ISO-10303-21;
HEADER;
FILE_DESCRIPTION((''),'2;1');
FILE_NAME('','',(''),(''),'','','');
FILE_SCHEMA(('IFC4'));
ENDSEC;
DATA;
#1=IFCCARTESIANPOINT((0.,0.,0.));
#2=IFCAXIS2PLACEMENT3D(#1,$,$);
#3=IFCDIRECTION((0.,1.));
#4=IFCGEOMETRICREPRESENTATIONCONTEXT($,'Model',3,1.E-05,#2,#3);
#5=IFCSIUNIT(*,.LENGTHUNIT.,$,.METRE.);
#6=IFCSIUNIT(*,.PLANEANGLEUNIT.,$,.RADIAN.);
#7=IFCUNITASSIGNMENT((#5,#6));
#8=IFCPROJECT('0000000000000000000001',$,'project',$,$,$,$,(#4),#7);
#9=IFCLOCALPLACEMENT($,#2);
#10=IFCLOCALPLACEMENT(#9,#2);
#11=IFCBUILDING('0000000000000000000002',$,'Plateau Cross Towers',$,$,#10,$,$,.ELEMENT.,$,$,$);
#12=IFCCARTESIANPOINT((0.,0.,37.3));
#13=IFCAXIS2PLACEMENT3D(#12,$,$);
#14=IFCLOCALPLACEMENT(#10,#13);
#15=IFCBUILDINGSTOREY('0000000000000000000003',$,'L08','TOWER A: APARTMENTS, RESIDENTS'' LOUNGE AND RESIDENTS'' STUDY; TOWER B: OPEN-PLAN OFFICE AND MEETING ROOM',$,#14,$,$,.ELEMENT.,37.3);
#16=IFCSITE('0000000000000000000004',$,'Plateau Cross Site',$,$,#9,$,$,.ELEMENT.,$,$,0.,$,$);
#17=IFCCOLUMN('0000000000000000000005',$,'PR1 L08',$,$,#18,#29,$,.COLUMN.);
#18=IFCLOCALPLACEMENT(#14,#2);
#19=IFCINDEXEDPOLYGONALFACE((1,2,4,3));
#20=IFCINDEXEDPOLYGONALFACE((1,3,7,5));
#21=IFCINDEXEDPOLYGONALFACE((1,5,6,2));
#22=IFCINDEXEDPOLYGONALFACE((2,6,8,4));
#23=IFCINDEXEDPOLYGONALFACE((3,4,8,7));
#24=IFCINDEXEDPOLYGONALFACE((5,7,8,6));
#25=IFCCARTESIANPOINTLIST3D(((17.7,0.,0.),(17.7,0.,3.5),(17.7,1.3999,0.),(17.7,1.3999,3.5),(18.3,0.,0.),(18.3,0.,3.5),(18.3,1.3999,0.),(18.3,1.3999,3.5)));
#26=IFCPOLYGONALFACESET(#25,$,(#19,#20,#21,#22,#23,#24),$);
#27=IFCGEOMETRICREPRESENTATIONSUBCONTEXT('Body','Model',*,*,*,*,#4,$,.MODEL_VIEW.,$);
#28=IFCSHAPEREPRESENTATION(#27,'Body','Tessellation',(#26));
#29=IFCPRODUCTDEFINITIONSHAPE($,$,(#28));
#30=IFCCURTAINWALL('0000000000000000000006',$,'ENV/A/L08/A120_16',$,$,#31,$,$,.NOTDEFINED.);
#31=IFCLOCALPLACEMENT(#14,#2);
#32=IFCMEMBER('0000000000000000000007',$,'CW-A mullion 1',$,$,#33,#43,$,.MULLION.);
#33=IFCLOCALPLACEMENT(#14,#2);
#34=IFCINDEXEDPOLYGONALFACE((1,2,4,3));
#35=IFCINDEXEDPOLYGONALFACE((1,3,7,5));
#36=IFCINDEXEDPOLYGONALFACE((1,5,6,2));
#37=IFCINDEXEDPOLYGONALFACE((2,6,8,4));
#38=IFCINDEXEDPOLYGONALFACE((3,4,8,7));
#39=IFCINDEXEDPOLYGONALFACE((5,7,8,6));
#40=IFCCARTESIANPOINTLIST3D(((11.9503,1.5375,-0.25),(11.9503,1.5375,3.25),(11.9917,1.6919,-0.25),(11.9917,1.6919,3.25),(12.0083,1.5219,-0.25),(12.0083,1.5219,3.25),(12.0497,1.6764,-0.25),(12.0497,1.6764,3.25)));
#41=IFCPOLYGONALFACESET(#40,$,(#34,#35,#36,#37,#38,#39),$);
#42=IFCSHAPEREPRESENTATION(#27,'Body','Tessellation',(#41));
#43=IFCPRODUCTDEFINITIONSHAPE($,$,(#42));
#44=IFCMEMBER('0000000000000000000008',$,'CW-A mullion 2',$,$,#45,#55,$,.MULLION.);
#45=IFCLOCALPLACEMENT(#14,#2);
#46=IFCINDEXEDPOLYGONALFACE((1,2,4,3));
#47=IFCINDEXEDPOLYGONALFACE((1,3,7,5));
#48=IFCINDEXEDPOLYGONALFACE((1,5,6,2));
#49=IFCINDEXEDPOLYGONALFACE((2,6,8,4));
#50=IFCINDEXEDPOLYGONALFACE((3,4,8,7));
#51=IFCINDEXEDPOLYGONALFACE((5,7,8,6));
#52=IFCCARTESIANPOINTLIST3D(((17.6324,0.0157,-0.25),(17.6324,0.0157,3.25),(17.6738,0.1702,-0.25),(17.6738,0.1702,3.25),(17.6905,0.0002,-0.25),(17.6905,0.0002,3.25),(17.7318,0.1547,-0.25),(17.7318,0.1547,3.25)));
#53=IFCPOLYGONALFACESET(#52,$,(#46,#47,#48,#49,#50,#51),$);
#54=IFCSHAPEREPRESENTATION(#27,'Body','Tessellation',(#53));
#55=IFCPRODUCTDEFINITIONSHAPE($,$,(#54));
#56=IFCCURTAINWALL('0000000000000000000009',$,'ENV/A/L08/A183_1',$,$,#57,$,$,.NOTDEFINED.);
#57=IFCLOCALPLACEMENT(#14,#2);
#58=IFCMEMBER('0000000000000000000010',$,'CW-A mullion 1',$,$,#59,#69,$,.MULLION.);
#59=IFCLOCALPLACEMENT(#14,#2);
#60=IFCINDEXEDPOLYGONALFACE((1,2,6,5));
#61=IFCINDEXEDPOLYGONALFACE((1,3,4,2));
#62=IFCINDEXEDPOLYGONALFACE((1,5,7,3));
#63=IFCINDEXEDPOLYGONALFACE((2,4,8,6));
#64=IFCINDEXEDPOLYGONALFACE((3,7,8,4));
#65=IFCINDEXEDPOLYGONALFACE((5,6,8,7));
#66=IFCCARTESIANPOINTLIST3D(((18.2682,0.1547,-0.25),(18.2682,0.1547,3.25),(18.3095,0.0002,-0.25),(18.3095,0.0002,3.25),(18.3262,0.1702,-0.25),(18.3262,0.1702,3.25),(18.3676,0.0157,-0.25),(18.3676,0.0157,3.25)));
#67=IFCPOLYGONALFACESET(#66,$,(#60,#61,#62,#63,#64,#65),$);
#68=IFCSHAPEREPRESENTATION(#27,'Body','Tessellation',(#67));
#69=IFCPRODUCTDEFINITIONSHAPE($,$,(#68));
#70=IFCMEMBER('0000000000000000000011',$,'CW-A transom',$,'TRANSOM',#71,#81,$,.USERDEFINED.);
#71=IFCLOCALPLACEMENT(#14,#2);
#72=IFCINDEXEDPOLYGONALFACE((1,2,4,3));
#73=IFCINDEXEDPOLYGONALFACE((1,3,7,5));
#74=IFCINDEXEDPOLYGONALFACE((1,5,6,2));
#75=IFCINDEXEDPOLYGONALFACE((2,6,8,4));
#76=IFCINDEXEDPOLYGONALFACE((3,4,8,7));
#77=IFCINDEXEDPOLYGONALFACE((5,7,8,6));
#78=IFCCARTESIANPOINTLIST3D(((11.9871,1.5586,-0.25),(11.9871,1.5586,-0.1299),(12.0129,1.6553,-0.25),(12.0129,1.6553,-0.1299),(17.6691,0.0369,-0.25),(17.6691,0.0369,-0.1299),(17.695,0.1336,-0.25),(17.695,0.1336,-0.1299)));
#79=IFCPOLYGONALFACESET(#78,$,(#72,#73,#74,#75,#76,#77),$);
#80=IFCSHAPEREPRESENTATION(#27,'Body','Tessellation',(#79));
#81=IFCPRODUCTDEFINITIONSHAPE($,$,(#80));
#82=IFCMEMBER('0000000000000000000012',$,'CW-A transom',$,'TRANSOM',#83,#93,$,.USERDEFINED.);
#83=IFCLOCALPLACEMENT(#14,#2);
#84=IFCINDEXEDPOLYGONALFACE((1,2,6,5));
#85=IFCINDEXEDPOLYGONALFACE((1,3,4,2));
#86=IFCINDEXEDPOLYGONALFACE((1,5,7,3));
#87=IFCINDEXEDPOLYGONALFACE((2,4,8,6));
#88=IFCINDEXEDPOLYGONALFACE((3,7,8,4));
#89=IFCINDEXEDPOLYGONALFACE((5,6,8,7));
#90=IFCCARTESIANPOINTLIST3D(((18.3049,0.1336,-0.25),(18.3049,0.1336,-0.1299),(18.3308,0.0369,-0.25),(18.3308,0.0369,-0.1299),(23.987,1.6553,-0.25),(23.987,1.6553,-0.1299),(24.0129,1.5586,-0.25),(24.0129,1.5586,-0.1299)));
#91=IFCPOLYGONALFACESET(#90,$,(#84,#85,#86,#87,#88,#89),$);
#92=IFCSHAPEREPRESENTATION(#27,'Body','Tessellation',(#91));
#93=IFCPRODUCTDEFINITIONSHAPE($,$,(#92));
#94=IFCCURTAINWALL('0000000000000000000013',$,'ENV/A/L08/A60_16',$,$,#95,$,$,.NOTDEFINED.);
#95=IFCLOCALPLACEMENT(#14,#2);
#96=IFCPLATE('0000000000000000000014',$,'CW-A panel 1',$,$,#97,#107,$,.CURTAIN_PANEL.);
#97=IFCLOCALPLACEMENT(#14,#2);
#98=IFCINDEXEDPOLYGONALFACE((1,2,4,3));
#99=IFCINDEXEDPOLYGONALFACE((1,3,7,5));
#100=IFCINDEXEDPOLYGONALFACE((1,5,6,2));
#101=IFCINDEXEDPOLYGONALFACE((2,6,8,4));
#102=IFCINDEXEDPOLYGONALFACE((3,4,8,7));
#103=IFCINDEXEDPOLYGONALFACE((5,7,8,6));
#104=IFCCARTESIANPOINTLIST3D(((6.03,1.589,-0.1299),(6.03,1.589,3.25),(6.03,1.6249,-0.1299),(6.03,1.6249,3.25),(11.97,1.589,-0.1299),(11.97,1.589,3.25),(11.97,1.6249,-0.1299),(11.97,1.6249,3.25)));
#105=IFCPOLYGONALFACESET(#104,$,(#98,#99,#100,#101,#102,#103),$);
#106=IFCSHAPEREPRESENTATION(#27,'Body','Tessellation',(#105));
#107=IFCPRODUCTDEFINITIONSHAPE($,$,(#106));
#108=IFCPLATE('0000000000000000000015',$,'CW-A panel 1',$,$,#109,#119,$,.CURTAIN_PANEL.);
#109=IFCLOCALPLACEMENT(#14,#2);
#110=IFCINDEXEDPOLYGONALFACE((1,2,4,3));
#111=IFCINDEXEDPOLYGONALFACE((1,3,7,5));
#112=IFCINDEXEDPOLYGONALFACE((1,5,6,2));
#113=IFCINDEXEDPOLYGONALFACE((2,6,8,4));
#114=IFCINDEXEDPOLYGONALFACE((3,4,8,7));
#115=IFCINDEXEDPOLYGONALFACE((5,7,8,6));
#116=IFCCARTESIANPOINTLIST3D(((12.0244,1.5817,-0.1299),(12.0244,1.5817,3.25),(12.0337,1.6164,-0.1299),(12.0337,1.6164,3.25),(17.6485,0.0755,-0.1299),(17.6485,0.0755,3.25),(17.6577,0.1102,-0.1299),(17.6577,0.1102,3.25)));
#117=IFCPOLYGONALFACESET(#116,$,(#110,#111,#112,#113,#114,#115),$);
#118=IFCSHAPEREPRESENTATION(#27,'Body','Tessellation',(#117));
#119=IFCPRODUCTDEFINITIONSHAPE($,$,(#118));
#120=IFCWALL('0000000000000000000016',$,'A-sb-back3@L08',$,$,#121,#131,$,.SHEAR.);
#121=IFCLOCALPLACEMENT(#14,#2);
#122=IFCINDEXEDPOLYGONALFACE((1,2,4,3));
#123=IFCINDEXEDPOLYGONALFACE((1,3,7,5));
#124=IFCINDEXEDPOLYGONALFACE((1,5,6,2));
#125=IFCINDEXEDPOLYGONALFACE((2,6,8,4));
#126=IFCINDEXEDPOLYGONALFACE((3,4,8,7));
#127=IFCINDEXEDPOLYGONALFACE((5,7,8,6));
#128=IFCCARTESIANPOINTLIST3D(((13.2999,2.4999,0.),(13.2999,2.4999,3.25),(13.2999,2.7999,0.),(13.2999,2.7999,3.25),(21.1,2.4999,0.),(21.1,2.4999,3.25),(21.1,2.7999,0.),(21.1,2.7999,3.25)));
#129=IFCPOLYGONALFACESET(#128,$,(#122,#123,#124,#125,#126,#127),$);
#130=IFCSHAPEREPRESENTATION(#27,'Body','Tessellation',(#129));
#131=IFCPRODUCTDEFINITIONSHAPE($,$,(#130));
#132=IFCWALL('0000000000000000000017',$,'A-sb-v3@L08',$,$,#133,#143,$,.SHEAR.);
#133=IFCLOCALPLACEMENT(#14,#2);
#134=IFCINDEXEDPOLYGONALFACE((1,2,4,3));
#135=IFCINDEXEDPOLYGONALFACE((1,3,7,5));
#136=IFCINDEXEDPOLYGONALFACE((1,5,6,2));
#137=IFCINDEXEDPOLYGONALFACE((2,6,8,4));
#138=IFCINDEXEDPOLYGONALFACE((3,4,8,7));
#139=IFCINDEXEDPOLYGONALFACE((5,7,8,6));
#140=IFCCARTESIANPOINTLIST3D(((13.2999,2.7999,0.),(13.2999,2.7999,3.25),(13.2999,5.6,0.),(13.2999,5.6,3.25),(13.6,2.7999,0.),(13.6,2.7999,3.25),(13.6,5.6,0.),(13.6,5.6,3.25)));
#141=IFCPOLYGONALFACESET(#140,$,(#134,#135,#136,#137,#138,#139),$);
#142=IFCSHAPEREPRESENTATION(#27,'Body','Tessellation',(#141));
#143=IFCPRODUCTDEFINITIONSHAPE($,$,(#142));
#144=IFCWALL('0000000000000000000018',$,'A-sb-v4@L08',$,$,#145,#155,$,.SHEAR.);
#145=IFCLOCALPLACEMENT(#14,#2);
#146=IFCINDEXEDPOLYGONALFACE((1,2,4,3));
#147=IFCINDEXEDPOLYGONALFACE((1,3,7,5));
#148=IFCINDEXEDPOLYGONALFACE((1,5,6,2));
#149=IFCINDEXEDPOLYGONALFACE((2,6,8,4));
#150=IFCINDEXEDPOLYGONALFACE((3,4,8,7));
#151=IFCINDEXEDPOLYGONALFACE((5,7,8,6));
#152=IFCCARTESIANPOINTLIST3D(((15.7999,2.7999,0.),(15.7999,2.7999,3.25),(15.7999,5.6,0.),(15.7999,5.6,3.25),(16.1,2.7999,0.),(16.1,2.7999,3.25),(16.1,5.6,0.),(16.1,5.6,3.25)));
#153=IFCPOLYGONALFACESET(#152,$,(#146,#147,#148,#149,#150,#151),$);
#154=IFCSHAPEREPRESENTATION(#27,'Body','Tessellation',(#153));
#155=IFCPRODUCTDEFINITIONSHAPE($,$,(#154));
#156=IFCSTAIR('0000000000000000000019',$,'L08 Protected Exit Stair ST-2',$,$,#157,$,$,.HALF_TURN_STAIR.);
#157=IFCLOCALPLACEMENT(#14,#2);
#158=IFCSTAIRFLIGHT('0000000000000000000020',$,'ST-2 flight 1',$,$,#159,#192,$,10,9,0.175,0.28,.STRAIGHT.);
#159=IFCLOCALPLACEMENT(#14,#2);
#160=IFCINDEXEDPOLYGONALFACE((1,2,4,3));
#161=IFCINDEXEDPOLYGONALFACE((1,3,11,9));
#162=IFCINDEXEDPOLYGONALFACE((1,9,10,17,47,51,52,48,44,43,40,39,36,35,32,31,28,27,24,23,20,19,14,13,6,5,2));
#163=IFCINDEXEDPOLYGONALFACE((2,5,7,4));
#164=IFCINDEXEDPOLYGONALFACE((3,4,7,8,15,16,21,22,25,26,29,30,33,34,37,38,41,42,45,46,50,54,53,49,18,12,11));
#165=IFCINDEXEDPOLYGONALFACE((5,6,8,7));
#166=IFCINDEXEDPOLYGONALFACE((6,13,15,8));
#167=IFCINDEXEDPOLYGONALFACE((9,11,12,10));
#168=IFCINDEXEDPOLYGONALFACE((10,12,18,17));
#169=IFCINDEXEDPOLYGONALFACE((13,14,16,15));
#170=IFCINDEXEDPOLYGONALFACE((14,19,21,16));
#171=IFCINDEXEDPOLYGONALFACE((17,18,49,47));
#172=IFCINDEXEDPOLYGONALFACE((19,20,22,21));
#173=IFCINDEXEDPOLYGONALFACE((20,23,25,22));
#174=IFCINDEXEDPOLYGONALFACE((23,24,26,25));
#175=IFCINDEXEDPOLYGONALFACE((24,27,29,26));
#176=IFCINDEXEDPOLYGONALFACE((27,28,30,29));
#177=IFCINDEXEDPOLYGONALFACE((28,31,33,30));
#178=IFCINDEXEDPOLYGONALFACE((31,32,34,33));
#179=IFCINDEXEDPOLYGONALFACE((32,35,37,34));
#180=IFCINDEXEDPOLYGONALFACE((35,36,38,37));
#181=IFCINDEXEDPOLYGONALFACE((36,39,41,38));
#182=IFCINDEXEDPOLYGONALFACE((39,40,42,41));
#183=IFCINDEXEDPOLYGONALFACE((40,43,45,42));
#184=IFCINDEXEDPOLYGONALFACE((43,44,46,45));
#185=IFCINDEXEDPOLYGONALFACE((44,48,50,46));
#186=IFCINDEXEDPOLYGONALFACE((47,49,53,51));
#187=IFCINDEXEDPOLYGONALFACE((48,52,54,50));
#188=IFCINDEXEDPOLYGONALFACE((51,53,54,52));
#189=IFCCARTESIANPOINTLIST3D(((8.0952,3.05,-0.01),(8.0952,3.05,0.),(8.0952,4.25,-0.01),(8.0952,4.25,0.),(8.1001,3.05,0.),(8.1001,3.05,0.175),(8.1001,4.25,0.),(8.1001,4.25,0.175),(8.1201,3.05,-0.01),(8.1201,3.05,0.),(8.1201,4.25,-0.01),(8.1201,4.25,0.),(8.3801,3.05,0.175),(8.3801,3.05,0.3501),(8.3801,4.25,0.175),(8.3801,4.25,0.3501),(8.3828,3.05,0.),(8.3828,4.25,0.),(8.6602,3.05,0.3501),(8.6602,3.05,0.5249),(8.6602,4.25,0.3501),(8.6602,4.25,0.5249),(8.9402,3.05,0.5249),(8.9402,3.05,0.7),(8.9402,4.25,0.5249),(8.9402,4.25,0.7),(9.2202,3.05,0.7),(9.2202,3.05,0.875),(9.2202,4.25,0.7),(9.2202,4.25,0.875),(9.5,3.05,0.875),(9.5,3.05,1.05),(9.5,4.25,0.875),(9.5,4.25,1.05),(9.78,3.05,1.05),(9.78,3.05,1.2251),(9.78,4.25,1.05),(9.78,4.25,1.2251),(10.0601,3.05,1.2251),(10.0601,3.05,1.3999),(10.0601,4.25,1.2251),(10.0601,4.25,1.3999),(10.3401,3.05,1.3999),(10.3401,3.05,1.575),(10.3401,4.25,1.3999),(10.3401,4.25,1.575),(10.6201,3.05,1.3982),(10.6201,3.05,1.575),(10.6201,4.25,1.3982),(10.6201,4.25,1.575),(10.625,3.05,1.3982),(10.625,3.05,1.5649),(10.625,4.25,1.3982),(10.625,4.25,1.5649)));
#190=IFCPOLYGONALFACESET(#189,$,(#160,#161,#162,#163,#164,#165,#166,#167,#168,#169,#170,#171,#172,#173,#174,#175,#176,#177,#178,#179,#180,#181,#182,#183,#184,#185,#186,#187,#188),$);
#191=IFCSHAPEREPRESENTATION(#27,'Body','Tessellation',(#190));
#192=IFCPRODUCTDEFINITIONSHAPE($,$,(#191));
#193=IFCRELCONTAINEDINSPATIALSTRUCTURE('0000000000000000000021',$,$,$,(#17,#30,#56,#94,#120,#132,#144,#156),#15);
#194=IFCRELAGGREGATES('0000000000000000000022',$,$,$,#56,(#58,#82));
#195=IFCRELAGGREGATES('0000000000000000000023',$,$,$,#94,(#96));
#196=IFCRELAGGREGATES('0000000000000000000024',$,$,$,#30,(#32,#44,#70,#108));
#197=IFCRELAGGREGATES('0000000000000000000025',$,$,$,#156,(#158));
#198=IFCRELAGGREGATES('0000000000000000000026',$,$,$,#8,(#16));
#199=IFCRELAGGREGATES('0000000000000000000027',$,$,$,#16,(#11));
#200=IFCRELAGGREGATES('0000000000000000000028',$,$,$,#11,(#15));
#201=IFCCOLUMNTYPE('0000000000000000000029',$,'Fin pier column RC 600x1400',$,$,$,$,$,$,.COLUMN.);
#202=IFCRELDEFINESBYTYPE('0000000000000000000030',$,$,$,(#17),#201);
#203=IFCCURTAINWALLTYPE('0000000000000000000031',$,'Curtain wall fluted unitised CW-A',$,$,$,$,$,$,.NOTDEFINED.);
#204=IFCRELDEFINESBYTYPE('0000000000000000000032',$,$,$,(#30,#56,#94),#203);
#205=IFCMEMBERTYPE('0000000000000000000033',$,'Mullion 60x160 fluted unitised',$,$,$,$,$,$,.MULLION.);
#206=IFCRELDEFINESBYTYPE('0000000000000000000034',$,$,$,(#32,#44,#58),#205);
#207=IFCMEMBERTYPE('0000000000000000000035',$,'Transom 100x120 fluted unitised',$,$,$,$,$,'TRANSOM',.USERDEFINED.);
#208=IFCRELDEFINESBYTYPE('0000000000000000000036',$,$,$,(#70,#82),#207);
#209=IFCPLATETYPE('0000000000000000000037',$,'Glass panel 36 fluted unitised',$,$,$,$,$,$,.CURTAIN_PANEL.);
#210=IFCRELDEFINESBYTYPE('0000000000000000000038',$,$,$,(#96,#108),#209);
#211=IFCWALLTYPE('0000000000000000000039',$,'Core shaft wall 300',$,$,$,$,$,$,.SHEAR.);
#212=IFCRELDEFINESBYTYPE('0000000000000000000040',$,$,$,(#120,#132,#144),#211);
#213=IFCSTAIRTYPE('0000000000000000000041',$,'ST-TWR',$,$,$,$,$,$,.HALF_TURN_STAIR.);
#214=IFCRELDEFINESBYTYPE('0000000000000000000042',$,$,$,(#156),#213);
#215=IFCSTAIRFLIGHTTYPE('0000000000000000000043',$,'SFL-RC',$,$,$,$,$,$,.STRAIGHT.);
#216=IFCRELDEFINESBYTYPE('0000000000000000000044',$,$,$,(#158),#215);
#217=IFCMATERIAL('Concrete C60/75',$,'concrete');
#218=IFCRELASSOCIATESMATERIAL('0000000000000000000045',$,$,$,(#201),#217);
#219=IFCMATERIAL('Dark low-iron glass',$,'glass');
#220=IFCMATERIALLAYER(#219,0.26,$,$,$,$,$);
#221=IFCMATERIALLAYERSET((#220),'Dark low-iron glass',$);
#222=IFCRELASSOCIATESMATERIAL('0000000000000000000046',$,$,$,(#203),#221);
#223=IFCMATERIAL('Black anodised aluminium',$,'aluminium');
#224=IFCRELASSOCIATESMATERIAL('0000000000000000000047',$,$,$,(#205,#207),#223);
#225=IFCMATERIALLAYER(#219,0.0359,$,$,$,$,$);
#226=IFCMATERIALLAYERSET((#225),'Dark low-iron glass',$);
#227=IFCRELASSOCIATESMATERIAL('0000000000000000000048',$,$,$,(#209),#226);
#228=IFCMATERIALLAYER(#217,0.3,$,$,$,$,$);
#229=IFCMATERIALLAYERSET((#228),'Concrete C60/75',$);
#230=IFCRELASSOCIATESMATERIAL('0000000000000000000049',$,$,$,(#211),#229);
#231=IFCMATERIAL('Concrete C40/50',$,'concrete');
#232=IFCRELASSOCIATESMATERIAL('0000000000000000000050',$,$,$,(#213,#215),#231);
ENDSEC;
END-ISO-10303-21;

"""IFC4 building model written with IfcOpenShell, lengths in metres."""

from ifc_helpers import new_model, si_unit, direction, frame, frame_2d, origin, origin_2d, place, context, subcontext, project, spatial, polyline, rectangle, outline, extrude, material, layer, layer_set, material_profile, profile_set, type_object, element, aggregate, save


model = new_model("IFC4")

# Units and contexts
model_context = context("Model", 3, precision=1e-05, world=origin(), true_north=direction((0.0, 1.0)))
body_context = subcontext(model_context, "Body", "Model", "MODEL_VIEW")
ifc_project = project(units=[si_unit("LENGTHUNIT", "METRE"), si_unit("PLANEANGLEUNIT", "RADIAN")], contexts=[model_context])

# Site, building, storey
site_placement = place(None, origin())
site = spatial("IfcSite", under=ifc_project, at=site_placement, Name="Plateau Cross Site", CompositionType="ELEMENT", RefElevation=0.0)
building_placement = place(site_placement, origin())
building = spatial("IfcBuilding", under=site, at=building_placement, Name="Plateau Cross Towers", CompositionType="ELEMENT")
storey_placement = place(building_placement, frame((0.0, 0.0, 37.3)))
storey = spatial("IfcBuildingStorey", under=building, at=storey_placement, Name="L08", Description="TOWER A: APARTMENTS, RESIDENTS' LOUNGE AND RESIDENTS' STUDY; TOWER B: OPEN-PLAN OFFICE AND MEETING ROOM", CompositionType="ELEMENT", Elevation=37.3)

# Column
ifc_material_1 = material(Name="Concrete C60/75", Category="concrete")
ifc_material_profile_1 = material_profile(ifc_material_1, rectangle(XDim=0.6001, YDim=1.3999, at=origin_2d()), Name="RC 600x1400")
ifc_profile_set_1 = profile_set([ifc_material_profile_1], Name="Concrete C60/75")
column_type = type_object("IfcColumnType", Name="Fin pier column RC 600x1400", PredefinedType="COLUMN", material=ifc_profile_set_1)
column_placement = place(storey_placement, frame((18.0, 0.7, 0.0), z_axis=(0.0, 0.0, 1.0), x_axis=(1.0, 0.0, 0.0)))
element("IfcColumn", 1, at=column_placement, inside=storey, type_object=column_type, Name="PR1 L08", PredefinedType="COLUMN", context=body_context, shape_type="SweptSolid", body=[
    extrude(rectangle(XDim=0.6001, YDim=1.3999, at=origin_2d()), origin(), (0.0, 0.0, 1.0), 3.5),
])

# Curtain wall, members
ifc_material_2 = material(Name="Dark low-iron glass", Category="glass")
ifc_layer_1 = layer(ifc_material_2, 0.26)
ifc_layer_set_1 = layer_set([ifc_layer_1], Name="Dark low-iron glass")
curtain_wall_type = type_object("IfcCurtainWallType", Name="Curtain wall fluted unitised CW-A", PredefinedType="NOTDEFINED", material=ifc_layer_set_1)
curtain_wall_1_placement = place(storey_placement, origin())
curtain_wall_1 = element("IfcCurtainWall", 2, at=curtain_wall_1_placement, inside=storey, type_object=curtain_wall_type, Name="ENV/A/L08/A120_16", PredefinedType="NOTDEFINED")
ifc_material_3 = material(Name="Black anodised aluminium", Category="aluminium")
ifc_material_profile_2 = material_profile(ifc_material_3, rectangle(XDim=0.0601, YDim=0.1599, at=origin_2d()), Name="MULLION 60x160")
ifc_profile_set_2 = profile_set([ifc_material_profile_2], Name="Black anodised aluminium")
member_type_1 = type_object("IfcMemberType", Name="Mullion 60x160 fluted unitised", PredefinedType="MULLION", material=ifc_profile_set_2)
member_1_placement = place(storey_placement, frame((12.0, 1.6069, -0.25), z_axis=(0.0, 0.0, 1.0), x_axis=(0.965958, -0.258699, 0.0)))
member_1 = element("IfcMember", 3, at=member_1_placement, type_object=member_type_1, Name="CW-A mullion 1", PredefinedType="MULLION", context=body_context, shape_type="SweptSolid", body=[
    extrude(rectangle(XDim=0.0601, YDim=0.1599, at=origin_2d()), origin(), (0.0, 0.0, 1.0), 3.5),
])
member_2_placement = place(storey_placement, frame((17.6821, 0.0852, -0.25), z_axis=(0.0, 0.0, 1.0), x_axis=(0.965958, -0.258699, 0.0)))
member_2 = element("IfcMember", 4, at=member_2_placement, type_object=member_type_1, Name="CW-A mullion 2", PredefinedType="MULLION", context=body_context, shape_type="SweptSolid", body=[
    extrude(rectangle(XDim=0.0601, YDim=0.1599, at=origin_2d()), origin(), (0.0, 0.0, 1.0), 3.5),
])

# Curtain wall, member
curtain_wall_2_placement = place(storey_placement, origin())
curtain_wall_2 = element("IfcCurtainWall", 5, at=curtain_wall_2_placement, inside=storey, type_object=curtain_wall_type, Name="ENV/A/L08/A183_1", PredefinedType="NOTDEFINED")
member_3_placement = place(storey_placement, frame((18.3179, 0.0852, -0.25), z_axis=(0.0, 0.0, 1.0), x_axis=(0.965958, 0.258699, 0.0)))
member_3 = element("IfcMember", 6, at=member_3_placement, type_object=member_type_1, Name="CW-A mullion 1", PredefinedType="MULLION", context=body_context, shape_type="SweptSolid", body=[
    extrude(rectangle(XDim=0.0601, YDim=0.1599, at=origin_2d()), origin(), (0.0, 0.0, 1.0), 3.5),
])

# Members
ifc_material_profile_3 = material_profile(ifc_material_3, rectangle(XDim=0.1001, YDim=0.1201, at=origin_2d()), Name="TRANSOM 100x120")
ifc_profile_set_3 = profile_set([ifc_material_profile_3], Name="Black anodised aluminium")
member_type_2 = type_object("IfcMemberType", Name="Transom 100x120 fluted unitised", ElementType="TRANSOM", PredefinedType="USERDEFINED", material=ifc_profile_set_3)
member_4_placement = place(storey_placement, frame((12.0, 1.6069, -0.1899), z_axis=(0.96596, -0.258693, 0.0), x_axis=(0.258693, 0.96596, 0.0)))
member_4 = element("IfcMember", 7, at=member_4_placement, type_object=member_type_2, Name="CW-A transom", ObjectType="TRANSOM", PredefinedType="USERDEFINED", context=body_context, shape_type="SweptSolid", body=[
    extrude(rectangle(XDim=0.1001, YDim=0.1201, at=origin_2d()), origin(), (0.0, 0.0, 1.0), 5.8823),
])
member_5_placement = place(storey_placement, frame((18.3179, 0.0852, -0.1899), z_axis=(0.96596, 0.258693, 0.0), x_axis=(-0.258693, 0.96596, 0.0)))
member_5 = element("IfcMember", 8, at=member_5_placement, type_object=member_type_2, Name="CW-A transom", ObjectType="TRANSOM", PredefinedType="USERDEFINED", context=body_context, shape_type="SweptSolid", body=[
    extrude(rectangle(XDim=0.1001, YDim=0.1201, at=origin_2d()), origin(), (0.0, 0.0, 1.0), 5.8823),
])
aggregate(curtain_wall_2, [member_3, member_5])

# Curtain wall, plate
curtain_wall_3_placement = place(storey_placement, origin())
curtain_wall_3 = element("IfcCurtainWall", 9, at=curtain_wall_3_placement, inside=storey, type_object=curtain_wall_type, Name="ENV/A/L08/A60_16", PredefinedType="NOTDEFINED")
ifc_layer_2 = layer(ifc_material_2, 0.0359)
ifc_layer_set_2 = layer_set([ifc_layer_2], Name="Dark low-iron glass")
plate_type = type_object("IfcPlateType", Name="Glass panel 36 fluted unitised", PredefinedType="CURTAIN_PANEL", material=ifc_layer_set_2)
plate_1_placement = place(storey_placement, frame((9.0, 1.6069, -0.1299), z_axis=(0.0, 0.0, 1.0), x_axis=(1.0, 0.0, 0.0)))
plate_1 = element("IfcPlate", 10, at=plate_1_placement, type_object=plate_type, Name="CW-A panel 1", PredefinedType="CURTAIN_PANEL", context=body_context, shape_type="SweptSolid", body=[
    extrude(rectangle(XDim=5.9399, YDim=0.0359, at=origin_2d()), origin(), (0.0, 0.0, 1.0), 3.3799),
])
aggregate(curtain_wall_3, [plate_1])

# Plate
plate_2_placement = place(storey_placement, frame((14.8411, 0.8459, -0.1299), z_axis=(0.0, 0.0, 1.0), x_axis=(0.965958, -0.258699, 0.0)))
plate_2 = element("IfcPlate", 11, at=plate_2_placement, type_object=plate_type, Name="CW-A panel 1", PredefinedType="CURTAIN_PANEL", context=body_context, shape_type="SweptSolid", body=[
    extrude(rectangle(XDim=5.8223, YDim=0.0359, at=origin_2d()), origin(), (0.0, 0.0, 1.0), 3.3799),
])
aggregate(curtain_wall_1, [member_1, member_2, member_4, plate_2])

# Walls
ifc_layer_3 = layer(ifc_material_1, 0.3)
ifc_layer_set_3 = layer_set([ifc_layer_3], Name="Concrete C60/75")
wall_type = type_object("IfcWallType", Name="Core shaft wall 300", PredefinedType="SHEAR", material=ifc_layer_set_3)
wall_placement = place(storey_placement, frame((13.3, 2.6499, 0.0), z_axis=(0.0, 0.0, 1.0), x_axis=(1.0, 0.0, 0.0)))
element("IfcWall", 12, at=wall_placement, inside=storey, type_object=wall_type, Name="A-sb-back3@L08", PredefinedType="SHEAR", context=body_context, shape_type="SweptSolid", body=[
    extrude(rectangle(XDim=7.8, YDim=0.3, at=frame_2d((3.8999, 0.0))), origin(), (0.0, 0.0, 1.0), 3.25),
])
for number, where, z_axis, x_axis, name in (
    (13, (13.45, 2.8, 0.0), (0.0, 0.0, 1.0), (0.0, 1.0, 0.0), "A-sb-v3@L08"),
    (14, (15.95, 2.8, 0.0), (0.0, 0.0, 1.0), (0.0, 1.0, 0.0), "A-sb-v4@L08"),
):
    element("IfcWall", number, at=place(storey_placement, frame(where, z_axis=z_axis, x_axis=x_axis)), inside=storey, type_object=wall_type, Name=name, PredefinedType="SHEAR", context=body_context, shape_type="SweptSolid", body=[
        extrude(rectangle(XDim=2.8, YDim=0.3, at=frame_2d((1.3999, 0.0))), origin(), (0.0, 0.0, 1.0), 3.25),
    ])

# Stair, stair flight
ifc_material_4 = material(Name="Concrete C40/50", Category="concrete")
stair_type = type_object("IfcStairType", Name="ST-TWR", PredefinedType="HALF_TURN_STAIR", material=ifc_material_4)
stair_placement = place(storey_placement, origin())
stair = element("IfcStair", 15, at=stair_placement, inside=storey, type_object=stair_type, Name="L08 Protected Exit Stair ST-2", PredefinedType="HALF_TURN_STAIR")
stair_flight_type = type_object("IfcStairFlightType", Name="SFL-RC", PredefinedType="STRAIGHT", material=ifc_material_4)
stair_flight_placement = place(storey_placement, frame((8.1001, 3.6499, 0.0), z_axis=(0.0, 0.0, 1.0), x_axis=(1.0, 0.0, 0.0)))
stair_flight = element("IfcStairFlight", 16, at=stair_flight_placement, type_object=stair_flight_type, Name="ST-2 flight 1", NumberOfRisers=10, NumberOfTreads=9, PredefinedType="STRAIGHT", RiserHeight=0.175, TreadLength=0.28, context=body_context, shape_type="SweptSolid", body=[
    extrude(outline(polyline([(-0.0049, -0.01), (-0.0049, 0.0), (0.0, 0.0), (0.0, 0.175), (0.28, 0.175), (0.28, 0.3501), (0.5601, 0.3501), (0.5601, 0.5249), (0.8401, 0.5249), (0.8401, 0.7), (1.1201, 0.7), (1.1201, 0.875), (1.3999, 0.875), (1.3999, 1.05), (1.6799, 1.05), (1.6799, 1.2251), (1.96, 1.2251), (1.96, 1.3999), (2.24, 1.3999), (2.24, 1.575), (2.52, 1.575), (2.5249, 1.5649), (2.5249, 1.3982), (2.52, 1.3982), (0.2827, 0.0), (0.02, 0.0), (0.02, -0.01), (-0.0049, -0.01)])), frame((0.0, 0.6001, 0.0), z_axis=(0.0, -1.0, 0.0), x_axis=(1.0, 0.0, 0.0)), (0.0, 0.0, 1.0), 1.2),
])
aggregate(stair, [stair_flight])

save(model, "model.ifc")
